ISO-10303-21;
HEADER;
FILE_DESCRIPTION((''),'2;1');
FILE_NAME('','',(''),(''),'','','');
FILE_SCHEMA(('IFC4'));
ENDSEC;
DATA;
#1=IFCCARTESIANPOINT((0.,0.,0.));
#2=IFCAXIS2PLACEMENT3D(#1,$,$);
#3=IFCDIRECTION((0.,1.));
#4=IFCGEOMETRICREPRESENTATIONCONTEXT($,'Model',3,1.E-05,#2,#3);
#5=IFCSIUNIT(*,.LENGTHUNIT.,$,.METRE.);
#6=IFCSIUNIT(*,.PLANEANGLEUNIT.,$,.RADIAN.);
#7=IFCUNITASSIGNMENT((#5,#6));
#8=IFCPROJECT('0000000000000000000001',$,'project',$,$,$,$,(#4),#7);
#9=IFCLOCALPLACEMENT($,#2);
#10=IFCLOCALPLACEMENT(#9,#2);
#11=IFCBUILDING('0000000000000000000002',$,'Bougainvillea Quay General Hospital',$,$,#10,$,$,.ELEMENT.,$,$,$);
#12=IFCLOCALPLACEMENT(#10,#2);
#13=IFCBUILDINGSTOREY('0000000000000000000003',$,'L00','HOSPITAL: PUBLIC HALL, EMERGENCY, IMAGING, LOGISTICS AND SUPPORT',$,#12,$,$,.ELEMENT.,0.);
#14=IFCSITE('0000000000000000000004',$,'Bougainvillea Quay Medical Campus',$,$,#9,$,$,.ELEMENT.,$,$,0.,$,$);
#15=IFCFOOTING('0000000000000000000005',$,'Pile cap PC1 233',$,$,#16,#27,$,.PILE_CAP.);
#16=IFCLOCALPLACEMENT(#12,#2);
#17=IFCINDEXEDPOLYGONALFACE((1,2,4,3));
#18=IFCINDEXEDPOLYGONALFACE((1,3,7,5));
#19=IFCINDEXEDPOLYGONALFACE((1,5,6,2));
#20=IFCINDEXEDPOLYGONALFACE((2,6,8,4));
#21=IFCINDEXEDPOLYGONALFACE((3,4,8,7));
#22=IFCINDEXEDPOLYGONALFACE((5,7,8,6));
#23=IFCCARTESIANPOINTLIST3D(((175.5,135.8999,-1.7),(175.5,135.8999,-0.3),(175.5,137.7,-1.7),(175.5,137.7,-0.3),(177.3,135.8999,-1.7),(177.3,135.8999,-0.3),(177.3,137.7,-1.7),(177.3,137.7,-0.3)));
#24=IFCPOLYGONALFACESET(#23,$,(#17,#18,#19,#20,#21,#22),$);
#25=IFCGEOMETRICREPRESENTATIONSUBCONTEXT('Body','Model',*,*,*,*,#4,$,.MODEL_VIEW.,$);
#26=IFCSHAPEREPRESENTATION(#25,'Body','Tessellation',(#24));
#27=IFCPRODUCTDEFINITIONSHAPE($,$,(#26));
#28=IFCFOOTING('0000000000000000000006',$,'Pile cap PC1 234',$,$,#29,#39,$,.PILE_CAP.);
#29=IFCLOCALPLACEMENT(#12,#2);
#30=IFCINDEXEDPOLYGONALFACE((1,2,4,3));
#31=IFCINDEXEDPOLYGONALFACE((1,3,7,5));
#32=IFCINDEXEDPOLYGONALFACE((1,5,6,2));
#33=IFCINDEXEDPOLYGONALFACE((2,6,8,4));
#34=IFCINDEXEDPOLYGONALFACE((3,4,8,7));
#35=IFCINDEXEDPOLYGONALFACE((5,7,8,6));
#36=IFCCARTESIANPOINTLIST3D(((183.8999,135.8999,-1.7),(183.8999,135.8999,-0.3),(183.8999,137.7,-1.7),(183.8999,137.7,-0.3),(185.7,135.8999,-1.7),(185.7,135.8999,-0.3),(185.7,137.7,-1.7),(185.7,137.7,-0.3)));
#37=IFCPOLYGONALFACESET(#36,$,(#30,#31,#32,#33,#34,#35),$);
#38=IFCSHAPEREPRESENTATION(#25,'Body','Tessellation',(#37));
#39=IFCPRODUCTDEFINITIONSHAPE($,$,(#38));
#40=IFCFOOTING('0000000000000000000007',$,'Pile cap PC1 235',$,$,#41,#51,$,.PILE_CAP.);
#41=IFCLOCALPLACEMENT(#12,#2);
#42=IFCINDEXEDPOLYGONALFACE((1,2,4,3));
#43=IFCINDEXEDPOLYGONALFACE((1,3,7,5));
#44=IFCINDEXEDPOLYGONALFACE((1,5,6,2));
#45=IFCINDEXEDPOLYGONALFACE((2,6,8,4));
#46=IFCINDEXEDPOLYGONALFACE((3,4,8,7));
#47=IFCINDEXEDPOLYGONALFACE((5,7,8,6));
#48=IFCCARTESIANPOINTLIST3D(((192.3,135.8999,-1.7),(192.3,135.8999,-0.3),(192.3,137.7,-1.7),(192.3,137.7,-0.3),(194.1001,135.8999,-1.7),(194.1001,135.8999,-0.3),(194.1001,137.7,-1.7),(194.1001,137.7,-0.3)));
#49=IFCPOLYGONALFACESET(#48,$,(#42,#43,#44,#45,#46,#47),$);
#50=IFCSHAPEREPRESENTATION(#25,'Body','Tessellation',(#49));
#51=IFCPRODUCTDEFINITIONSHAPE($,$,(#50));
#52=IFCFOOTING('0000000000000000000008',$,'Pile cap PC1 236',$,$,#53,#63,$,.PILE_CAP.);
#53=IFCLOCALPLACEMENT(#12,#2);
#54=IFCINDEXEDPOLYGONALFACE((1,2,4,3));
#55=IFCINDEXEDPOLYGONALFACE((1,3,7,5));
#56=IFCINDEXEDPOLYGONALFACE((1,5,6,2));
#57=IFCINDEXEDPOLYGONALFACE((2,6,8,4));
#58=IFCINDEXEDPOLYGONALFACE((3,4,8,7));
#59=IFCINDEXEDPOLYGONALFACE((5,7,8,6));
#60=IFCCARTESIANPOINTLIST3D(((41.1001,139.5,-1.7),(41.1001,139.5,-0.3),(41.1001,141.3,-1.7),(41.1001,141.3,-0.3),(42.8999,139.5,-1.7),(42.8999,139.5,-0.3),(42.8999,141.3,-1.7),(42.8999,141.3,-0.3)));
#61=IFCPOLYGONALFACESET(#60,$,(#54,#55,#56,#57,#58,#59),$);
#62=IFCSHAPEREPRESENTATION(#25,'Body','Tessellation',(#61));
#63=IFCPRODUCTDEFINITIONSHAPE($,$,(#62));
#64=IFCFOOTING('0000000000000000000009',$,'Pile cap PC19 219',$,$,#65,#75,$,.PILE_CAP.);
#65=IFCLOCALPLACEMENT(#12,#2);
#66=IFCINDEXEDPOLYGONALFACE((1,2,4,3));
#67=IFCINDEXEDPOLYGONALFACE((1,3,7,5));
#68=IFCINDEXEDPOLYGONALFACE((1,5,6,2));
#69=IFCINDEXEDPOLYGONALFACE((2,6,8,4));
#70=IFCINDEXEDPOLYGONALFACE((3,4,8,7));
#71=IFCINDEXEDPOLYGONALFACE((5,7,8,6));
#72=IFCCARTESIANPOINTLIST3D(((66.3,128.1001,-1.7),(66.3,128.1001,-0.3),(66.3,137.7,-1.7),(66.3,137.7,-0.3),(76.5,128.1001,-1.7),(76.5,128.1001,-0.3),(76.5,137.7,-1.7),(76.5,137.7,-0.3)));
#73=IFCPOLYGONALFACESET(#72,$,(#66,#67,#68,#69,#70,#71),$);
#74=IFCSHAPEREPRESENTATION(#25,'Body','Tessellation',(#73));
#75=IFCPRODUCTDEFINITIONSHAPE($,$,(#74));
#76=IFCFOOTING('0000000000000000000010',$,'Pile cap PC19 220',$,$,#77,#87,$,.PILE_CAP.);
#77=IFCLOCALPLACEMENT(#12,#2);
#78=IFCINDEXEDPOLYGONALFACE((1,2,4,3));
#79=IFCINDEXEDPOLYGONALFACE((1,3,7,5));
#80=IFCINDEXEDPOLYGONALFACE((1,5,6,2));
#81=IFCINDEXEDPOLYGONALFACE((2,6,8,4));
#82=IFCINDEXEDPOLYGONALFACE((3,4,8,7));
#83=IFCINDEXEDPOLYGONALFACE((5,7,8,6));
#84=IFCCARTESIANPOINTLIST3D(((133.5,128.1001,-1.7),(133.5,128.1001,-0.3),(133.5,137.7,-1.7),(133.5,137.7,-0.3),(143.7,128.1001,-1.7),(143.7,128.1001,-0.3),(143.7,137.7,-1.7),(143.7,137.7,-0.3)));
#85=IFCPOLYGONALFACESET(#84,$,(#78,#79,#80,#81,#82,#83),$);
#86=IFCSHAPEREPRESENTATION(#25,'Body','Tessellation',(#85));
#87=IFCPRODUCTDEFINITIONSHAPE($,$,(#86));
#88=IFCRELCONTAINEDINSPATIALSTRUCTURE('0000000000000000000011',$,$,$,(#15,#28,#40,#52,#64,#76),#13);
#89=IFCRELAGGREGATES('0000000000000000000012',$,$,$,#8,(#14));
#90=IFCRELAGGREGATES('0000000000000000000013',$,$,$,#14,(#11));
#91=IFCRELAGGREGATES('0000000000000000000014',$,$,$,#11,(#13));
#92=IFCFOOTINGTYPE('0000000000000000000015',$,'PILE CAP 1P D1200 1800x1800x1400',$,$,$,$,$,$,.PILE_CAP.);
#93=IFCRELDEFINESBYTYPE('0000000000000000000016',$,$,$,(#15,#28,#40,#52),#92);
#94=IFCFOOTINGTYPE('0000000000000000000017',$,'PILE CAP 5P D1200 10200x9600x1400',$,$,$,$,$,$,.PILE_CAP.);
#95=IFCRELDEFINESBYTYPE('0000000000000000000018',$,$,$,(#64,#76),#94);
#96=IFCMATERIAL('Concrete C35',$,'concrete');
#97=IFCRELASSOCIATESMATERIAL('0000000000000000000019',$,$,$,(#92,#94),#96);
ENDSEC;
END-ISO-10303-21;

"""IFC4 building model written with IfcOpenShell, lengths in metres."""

from ifc_helpers import new_model, si_unit, direction, frame, origin, place, context, subcontext, project, spatial, polyline, outline, extrude, material, type_object, element, save


model = new_model("IFC4")

# Units and contexts
model_context = context("Model", 3, precision=1e-05, world=origin(), true_north=direction((0.0, 1.0)))
body_context = subcontext(model_context, "Body", "Model", "MODEL_VIEW")
ifc_project = project(units=[si_unit("LENGTHUNIT", "METRE"), si_unit("PLANEANGLEUNIT", "RADIAN")], contexts=[model_context])

# Site, building, storey
site_placement = place(None, origin())
site = spatial("IfcSite", under=ifc_project, at=site_placement, Name="Bougainvillea Quay Medical Campus", CompositionType="ELEMENT", RefElevation=0.0)
building_placement = place(site_placement, origin())
building = spatial("IfcBuilding", under=site, at=building_placement, Name="Bougainvillea Quay General Hospital", CompositionType="ELEMENT")
storey_placement = place(building_placement, origin())
storey = spatial("IfcBuildingStorey", under=building, at=storey_placement, Name="L00", Description="HOSPITAL: PUBLIC HALL, EMERGENCY, IMAGING, LOGISTICS AND SUPPORT", CompositionType="ELEMENT", Elevation=0.0)

# Footings
ifc_material = material(Name="Concrete C35", Category="concrete")
footing_type_1 = type_object("IfcFootingType", Name="PILE CAP 1P D1200 1800x1800x1400", PredefinedType="PILE_CAP", material=ifc_material)
footing_1_placement = place(storey_placement, frame((0.0, 0.0, -1.7)))
element("IfcFooting", 1, at=footing_1_placement, inside=storey, type_object=footing_type_1, Name="Pile cap PC1 233", PredefinedType="PILE_CAP", context=body_context, shape_type="SweptSolid", body=[
    extrude(outline(polyline([(175.5, 135.8999), (177.3, 135.8999), (177.3, 137.7), (175.5, 137.7), (175.5, 135.8999)])), origin(), (0.0, 0.0, 1.0), 1.3999),
])
footing_2_placement = place(storey_placement, frame((0.0, 0.0, -1.7)))
element("IfcFooting", 2, at=footing_2_placement, inside=storey, type_object=footing_type_1, Name="Pile cap PC1 234", PredefinedType="PILE_CAP", context=body_context, shape_type="SweptSolid", body=[
    extrude(outline(polyline([(183.8999, 135.8999), (185.7, 135.8999), (185.7, 137.7), (183.8999, 137.7), (183.8999, 135.8999)])), origin(), (0.0, 0.0, 1.0), 1.3999),
])
footing_3_placement = place(storey_placement, frame((0.0, 0.0, -1.7)))
element("IfcFooting", 3, at=footing_3_placement, inside=storey, type_object=footing_type_1, Name="Pile cap PC1 235", PredefinedType="PILE_CAP", context=body_context, shape_type="SweptSolid", body=[
    extrude(outline(polyline([(192.3, 135.8999), (194.1001, 135.8999), (194.1001, 137.7), (192.3, 137.7), (192.3, 135.8999)])), origin(), (0.0, 0.0, 1.0), 1.3999),
])
footing_4_placement = place(storey_placement, frame((0.0, 0.0, -1.7)))
element("IfcFooting", 4, at=footing_4_placement, inside=storey, type_object=footing_type_1, Name="Pile cap PC1 236", PredefinedType="PILE_CAP", context=body_context, shape_type="SweptSolid", body=[
    extrude(outline(polyline([(41.1001, 139.5), (42.8999, 139.5), (42.8999, 141.3), (41.1001, 141.3), (41.1001, 139.5)])), origin(), (0.0, 0.0, 1.0), 1.3999),
])
footing_type_2 = type_object("IfcFootingType", Name="PILE CAP 5P D1200 10200x9600x1400", PredefinedType="PILE_CAP", material=ifc_material)
footing_5_placement = place(storey_placement, frame((0.0, 0.0, -1.7)))
element("IfcFooting", 5, at=footing_5_placement, inside=storey, type_object=footing_type_2, Name="Pile cap PC19 219", PredefinedType="PILE_CAP", context=body_context, shape_type="SweptSolid", body=[
    extrude(outline(polyline([(76.5, 137.7), (76.5, 128.1001), (66.3, 128.1001), (66.3, 137.7), (76.5, 137.7)])), origin(), (0.0, 0.0, 1.0), 1.3999),
])
footing_6_placement = place(storey_placement, frame((0.0, 0.0, -1.7)))
element("IfcFooting", 6, at=footing_6_placement, inside=storey, type_object=footing_type_2, Name="Pile cap PC19 220", PredefinedType="PILE_CAP", context=body_context, shape_type="SweptSolid", body=[
    extrude(outline(polyline([(143.7, 137.7), (143.7, 128.1001), (133.5, 128.1001), (133.5, 137.7), (143.7, 137.7)])), origin(), (0.0, 0.0, 1.0), 1.3999),
])

save(model, "model.ifc")
